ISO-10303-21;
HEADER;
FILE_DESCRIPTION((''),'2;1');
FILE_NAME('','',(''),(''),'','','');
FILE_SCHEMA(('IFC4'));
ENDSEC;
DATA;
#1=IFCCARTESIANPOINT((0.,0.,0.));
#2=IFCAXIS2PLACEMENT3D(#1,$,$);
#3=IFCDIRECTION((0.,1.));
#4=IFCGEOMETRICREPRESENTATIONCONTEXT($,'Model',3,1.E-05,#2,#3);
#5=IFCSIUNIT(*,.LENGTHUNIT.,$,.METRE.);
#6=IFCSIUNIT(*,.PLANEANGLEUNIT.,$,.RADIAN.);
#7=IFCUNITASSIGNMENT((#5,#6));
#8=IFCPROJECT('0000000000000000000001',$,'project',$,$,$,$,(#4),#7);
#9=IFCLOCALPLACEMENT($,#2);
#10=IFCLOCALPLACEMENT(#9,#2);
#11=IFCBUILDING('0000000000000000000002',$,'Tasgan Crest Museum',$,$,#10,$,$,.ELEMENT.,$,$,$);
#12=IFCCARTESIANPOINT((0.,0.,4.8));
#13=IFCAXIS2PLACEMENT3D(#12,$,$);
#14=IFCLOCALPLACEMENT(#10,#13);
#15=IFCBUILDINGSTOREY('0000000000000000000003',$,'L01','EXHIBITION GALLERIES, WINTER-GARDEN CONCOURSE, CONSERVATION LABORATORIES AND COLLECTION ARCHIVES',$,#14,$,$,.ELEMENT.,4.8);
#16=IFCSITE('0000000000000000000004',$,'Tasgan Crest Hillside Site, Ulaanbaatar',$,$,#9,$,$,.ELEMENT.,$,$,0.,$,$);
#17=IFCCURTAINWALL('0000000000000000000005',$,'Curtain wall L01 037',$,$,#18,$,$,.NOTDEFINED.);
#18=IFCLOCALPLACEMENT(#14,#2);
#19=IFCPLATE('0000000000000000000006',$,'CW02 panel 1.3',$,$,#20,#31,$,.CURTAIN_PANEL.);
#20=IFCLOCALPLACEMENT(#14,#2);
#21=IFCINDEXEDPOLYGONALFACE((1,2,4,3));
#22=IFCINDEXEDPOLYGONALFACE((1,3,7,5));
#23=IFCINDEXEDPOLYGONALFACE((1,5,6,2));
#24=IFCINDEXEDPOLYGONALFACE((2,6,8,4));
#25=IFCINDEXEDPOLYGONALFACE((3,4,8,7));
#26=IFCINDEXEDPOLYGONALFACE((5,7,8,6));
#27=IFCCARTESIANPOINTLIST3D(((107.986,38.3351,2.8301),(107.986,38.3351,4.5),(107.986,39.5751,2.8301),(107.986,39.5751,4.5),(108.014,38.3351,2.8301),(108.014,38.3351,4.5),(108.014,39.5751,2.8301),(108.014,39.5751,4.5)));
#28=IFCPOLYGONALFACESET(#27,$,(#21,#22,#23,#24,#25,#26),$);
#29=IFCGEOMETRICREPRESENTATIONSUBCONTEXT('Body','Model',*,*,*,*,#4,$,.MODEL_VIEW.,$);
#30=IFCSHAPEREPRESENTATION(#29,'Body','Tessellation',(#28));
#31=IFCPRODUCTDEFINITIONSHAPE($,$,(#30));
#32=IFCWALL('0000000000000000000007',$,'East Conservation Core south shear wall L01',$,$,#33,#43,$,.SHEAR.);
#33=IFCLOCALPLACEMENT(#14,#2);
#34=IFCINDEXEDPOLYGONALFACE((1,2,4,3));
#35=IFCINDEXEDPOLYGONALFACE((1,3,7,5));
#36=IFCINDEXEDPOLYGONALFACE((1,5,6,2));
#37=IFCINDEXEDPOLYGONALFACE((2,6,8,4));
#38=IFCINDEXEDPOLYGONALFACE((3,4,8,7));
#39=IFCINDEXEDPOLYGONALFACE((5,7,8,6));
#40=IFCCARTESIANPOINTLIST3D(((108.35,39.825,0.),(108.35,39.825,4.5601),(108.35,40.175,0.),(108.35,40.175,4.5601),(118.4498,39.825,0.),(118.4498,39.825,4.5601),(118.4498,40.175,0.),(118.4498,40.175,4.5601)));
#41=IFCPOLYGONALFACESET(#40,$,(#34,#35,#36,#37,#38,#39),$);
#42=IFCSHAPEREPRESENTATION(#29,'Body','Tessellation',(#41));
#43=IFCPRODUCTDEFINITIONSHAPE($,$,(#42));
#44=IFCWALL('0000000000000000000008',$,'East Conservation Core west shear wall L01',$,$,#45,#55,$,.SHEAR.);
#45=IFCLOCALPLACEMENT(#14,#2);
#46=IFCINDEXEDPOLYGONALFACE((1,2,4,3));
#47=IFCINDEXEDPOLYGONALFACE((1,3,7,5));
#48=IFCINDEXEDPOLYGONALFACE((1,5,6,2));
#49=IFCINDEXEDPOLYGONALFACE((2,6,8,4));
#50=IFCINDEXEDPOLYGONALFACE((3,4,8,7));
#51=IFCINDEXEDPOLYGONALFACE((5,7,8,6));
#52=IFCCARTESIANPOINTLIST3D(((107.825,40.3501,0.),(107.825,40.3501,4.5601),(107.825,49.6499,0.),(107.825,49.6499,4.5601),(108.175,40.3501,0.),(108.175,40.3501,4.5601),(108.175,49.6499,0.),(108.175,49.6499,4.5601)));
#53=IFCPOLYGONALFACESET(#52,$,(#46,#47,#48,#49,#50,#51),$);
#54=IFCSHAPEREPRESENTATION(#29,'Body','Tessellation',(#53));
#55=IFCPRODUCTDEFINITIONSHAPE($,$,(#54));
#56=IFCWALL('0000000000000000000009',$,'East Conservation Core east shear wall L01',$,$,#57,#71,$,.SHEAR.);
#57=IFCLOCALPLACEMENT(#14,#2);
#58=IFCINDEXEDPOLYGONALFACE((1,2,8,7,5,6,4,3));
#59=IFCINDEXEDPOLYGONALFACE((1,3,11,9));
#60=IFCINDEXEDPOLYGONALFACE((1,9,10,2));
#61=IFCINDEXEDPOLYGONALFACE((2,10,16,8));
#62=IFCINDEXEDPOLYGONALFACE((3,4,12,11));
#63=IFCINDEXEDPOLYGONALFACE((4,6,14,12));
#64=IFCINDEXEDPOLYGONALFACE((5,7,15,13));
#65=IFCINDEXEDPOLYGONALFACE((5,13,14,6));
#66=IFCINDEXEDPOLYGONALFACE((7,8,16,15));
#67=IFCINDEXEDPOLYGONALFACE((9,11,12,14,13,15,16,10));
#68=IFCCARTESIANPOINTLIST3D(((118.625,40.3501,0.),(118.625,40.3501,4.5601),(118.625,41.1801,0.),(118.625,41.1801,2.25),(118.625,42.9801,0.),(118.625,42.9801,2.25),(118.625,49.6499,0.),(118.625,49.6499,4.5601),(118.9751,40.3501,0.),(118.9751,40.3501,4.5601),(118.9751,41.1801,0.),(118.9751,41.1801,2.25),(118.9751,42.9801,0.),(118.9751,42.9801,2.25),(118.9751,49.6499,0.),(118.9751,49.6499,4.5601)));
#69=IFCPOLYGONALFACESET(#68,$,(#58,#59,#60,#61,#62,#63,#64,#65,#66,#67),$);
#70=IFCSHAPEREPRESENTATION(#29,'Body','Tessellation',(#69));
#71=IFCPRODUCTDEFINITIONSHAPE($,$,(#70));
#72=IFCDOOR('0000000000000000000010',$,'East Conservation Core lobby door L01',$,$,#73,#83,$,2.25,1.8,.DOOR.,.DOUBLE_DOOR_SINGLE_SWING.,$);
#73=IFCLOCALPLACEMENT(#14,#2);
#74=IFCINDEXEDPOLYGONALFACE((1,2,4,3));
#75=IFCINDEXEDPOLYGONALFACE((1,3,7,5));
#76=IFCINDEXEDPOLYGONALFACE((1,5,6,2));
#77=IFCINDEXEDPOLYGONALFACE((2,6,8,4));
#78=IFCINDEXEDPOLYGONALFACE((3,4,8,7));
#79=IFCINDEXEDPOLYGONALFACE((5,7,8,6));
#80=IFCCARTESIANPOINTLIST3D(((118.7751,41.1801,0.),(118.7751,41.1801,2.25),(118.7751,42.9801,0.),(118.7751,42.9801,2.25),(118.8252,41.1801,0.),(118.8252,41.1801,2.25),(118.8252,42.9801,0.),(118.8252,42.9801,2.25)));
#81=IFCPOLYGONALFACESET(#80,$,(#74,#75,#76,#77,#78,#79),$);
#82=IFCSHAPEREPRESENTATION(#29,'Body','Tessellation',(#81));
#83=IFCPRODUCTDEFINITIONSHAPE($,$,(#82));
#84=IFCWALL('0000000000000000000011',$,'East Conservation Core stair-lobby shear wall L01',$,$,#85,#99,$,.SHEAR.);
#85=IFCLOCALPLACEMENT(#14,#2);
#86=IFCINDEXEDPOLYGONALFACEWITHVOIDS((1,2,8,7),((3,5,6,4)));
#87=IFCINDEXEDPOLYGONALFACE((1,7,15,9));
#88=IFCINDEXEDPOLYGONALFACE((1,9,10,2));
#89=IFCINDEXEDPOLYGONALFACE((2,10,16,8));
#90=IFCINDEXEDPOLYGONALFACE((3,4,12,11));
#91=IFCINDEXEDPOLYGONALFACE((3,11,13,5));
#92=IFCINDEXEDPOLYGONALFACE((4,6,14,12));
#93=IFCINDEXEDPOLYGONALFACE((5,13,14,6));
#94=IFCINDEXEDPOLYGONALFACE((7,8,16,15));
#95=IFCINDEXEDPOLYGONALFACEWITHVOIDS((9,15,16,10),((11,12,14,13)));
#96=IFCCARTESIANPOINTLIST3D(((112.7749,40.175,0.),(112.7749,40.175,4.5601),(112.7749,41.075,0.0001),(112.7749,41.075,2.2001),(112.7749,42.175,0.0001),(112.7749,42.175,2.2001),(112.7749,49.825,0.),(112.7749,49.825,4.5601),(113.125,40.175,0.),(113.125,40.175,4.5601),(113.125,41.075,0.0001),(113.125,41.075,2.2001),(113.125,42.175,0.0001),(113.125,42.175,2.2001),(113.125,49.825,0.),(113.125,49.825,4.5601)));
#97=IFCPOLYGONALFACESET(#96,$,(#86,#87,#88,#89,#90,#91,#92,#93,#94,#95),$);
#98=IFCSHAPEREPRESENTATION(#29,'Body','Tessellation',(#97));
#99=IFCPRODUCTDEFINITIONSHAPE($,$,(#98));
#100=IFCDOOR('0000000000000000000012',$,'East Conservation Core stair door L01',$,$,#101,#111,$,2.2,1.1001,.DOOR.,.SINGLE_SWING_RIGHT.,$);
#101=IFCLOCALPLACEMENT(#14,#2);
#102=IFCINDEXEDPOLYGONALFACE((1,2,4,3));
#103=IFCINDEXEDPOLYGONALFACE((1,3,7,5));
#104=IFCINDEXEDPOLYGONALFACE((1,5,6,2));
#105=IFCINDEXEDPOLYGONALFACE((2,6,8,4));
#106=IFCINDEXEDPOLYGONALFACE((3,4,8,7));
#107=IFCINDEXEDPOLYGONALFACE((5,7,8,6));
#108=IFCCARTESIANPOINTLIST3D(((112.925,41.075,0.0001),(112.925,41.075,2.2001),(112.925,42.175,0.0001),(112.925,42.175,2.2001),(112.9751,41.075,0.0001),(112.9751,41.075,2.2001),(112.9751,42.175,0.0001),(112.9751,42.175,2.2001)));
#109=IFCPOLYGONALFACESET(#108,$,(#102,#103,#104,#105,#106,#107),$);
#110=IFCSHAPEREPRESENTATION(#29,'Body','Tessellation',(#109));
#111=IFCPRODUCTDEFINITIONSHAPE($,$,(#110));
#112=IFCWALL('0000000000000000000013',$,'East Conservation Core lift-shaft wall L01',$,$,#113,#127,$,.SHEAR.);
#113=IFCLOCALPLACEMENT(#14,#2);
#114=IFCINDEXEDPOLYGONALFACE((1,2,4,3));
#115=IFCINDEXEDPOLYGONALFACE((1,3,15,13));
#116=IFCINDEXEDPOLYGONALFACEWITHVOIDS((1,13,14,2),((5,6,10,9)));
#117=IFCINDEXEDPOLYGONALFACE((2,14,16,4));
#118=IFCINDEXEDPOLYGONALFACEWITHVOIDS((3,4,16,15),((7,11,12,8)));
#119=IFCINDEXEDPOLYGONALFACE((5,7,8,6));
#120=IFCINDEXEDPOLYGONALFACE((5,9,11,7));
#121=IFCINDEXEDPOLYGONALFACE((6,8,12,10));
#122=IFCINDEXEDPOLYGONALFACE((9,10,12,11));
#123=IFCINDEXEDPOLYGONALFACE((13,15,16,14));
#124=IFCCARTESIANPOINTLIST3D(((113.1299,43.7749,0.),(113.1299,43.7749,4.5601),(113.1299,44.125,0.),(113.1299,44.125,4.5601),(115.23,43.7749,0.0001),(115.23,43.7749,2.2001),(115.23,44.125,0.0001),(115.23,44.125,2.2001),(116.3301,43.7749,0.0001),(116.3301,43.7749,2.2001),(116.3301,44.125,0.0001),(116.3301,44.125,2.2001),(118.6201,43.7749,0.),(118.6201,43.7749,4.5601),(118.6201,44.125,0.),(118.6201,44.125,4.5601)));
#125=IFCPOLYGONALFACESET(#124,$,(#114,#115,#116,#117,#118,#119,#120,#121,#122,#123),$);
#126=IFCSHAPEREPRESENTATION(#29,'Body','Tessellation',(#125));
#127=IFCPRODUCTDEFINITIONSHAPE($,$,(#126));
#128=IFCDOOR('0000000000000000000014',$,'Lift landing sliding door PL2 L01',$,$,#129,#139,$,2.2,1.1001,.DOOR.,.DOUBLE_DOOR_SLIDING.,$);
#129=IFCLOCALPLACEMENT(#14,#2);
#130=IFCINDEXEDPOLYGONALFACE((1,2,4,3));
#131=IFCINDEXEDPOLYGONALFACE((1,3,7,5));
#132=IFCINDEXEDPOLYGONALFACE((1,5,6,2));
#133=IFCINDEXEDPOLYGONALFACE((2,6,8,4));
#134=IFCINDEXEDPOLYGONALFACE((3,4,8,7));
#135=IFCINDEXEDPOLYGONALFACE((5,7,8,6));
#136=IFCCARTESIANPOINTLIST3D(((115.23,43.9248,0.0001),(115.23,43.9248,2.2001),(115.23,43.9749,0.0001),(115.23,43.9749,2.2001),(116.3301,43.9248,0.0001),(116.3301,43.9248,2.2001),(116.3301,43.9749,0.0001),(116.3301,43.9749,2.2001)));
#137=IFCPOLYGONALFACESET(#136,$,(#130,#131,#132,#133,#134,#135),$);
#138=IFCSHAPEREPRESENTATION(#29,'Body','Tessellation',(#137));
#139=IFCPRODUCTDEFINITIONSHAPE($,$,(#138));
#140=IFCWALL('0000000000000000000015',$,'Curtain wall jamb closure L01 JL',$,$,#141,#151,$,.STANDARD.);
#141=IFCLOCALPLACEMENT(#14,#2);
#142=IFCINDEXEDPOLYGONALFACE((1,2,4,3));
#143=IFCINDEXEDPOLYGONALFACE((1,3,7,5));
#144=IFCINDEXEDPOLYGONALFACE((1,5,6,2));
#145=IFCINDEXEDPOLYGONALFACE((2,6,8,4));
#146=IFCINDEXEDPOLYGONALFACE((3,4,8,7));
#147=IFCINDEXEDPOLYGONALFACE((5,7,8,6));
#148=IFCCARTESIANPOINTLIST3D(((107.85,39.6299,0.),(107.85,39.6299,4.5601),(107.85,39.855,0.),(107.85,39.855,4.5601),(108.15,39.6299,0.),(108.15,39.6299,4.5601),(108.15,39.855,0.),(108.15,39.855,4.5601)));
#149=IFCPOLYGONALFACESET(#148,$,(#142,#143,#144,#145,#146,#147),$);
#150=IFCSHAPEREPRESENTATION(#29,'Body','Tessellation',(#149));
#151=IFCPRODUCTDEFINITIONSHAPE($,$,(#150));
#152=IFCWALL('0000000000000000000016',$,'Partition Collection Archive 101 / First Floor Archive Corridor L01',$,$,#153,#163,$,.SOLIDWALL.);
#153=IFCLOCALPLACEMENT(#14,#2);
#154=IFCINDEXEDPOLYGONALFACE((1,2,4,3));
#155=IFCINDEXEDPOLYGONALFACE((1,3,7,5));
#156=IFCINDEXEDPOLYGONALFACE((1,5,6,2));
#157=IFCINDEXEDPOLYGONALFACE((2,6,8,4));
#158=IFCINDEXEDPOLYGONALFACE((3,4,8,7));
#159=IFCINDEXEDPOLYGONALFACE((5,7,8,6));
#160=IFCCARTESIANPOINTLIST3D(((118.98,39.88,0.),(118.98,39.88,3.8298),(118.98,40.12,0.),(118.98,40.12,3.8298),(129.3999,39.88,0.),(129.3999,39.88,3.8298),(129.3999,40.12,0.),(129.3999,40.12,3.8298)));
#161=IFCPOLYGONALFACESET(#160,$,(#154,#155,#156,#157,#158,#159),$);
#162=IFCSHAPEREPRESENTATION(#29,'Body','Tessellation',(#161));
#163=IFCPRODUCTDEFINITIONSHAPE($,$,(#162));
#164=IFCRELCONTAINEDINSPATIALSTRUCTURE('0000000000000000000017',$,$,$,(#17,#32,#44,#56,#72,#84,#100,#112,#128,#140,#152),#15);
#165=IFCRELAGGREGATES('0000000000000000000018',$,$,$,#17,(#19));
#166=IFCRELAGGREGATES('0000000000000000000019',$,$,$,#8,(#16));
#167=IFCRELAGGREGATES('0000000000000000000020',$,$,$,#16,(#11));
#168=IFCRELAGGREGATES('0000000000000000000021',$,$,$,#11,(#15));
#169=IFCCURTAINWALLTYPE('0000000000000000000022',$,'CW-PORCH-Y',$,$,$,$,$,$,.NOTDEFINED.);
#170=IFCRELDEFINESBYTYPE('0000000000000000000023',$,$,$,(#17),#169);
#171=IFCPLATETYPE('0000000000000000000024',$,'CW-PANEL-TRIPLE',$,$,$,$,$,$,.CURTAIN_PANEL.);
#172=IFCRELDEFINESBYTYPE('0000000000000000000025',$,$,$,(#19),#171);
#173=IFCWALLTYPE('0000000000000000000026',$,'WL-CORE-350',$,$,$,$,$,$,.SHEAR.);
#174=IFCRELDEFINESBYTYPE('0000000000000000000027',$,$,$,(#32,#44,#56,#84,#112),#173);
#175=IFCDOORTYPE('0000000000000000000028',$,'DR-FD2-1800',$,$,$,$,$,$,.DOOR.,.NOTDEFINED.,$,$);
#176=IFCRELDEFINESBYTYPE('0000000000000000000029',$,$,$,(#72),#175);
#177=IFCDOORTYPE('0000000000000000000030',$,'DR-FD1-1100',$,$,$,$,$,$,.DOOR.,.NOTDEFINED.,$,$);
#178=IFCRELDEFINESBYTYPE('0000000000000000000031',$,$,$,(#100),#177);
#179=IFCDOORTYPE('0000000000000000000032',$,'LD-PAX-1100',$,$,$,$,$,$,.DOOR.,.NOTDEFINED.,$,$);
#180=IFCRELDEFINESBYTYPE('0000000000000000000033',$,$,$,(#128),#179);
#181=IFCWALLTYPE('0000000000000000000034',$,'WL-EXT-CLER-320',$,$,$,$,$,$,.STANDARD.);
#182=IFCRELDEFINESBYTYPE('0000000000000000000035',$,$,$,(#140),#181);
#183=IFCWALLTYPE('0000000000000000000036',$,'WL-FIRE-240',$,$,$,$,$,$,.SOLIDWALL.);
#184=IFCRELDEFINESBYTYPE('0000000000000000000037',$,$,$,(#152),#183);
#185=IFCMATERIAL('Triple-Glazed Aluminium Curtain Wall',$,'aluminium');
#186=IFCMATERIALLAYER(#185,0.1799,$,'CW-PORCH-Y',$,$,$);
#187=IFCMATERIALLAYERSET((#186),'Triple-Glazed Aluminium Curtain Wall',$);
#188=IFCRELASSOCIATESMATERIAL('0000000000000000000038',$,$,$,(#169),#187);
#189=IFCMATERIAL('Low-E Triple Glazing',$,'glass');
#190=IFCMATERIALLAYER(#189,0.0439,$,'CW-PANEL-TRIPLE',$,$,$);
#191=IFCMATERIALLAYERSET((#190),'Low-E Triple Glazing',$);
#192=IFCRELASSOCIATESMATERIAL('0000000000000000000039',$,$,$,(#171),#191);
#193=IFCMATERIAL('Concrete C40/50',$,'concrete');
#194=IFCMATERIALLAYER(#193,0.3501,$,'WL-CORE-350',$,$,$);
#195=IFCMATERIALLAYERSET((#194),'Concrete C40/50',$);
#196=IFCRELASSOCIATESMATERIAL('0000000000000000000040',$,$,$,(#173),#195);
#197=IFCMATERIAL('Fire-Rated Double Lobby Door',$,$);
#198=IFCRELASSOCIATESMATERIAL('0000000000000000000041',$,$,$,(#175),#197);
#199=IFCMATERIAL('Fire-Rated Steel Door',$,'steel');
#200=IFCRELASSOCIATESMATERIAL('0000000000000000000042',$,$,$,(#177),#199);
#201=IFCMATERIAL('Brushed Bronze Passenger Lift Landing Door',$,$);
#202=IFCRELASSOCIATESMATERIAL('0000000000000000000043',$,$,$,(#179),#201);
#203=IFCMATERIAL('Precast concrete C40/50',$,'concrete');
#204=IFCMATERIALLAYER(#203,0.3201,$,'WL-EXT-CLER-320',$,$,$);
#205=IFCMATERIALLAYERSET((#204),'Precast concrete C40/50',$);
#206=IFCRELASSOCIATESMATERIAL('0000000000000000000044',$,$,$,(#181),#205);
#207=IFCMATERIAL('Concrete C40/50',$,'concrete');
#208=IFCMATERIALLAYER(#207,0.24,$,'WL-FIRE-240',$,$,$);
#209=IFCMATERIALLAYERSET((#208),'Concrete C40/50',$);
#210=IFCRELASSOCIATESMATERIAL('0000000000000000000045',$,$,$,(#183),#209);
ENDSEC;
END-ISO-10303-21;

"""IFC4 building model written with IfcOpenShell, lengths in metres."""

from ifc_helpers import new_model, si_unit, direction, frame, frame_2d, origin, origin_2d, place, context, subcontext, project, spatial, rectangle, extrude, material, layer, layer_set, type_object, element, fill, aggregate, save


model = new_model("IFC4")

# Units and contexts
model_context = context("Model", 3, precision=1e-05, world=origin(), true_north=direction((0.0, 1.0)))
body_context = subcontext(model_context, "Body", "Model", "MODEL_VIEW")
ifc_project = project(units=[si_unit("LENGTHUNIT", "METRE"), si_unit("PLANEANGLEUNIT", "RADIAN")], contexts=[model_context])

# Site, building, storey
site_placement = place(None, origin())
site = spatial("IfcSite", under=ifc_project, at=site_placement, Name="Tasgan Crest Hillside Site, Ulaanbaatar", CompositionType="ELEMENT", RefElevation=0.0)
building_placement = place(site_placement, origin())
building = spatial("IfcBuilding", under=site, at=building_placement, Name="Tasgan Crest Museum", CompositionType="ELEMENT")
storey_placement = place(building_placement, frame((0.0, 0.0, 4.8)))
storey = spatial("IfcBuildingStorey", under=building, at=storey_placement, Name="L01", Description="EXHIBITION GALLERIES, WINTER-GARDEN CONCOURSE, CONSERVATION LABORATORIES AND COLLECTION ARCHIVES", CompositionType="ELEMENT", Elevation=4.8)

# Curtain wall, plate
ifc_material_1 = material(Name="Triple-Glazed Aluminium Curtain Wall", Category="aluminium")
ifc_layer_1 = layer(ifc_material_1, 0.1799, Name="CW-PORCH-Y")
ifc_layer_set_1 = layer_set([ifc_layer_1], Name="Triple-Glazed Aluminium Curtain Wall")
curtain_wall_type = type_object("IfcCurtainWallType", Name="CW-PORCH-Y", PredefinedType="NOTDEFINED", material=ifc_layer_set_1)
curtain_wall_placement = place(storey_placement, origin())
curtain_wall = element("IfcCurtainWall", 1, at=curtain_wall_placement, inside=storey, type_object=curtain_wall_type, Name="Curtain wall L01 037", PredefinedType="NOTDEFINED")
ifc_material_2 = material(Name="Low-E Triple Glazing", Category="glass")
ifc_layer_2 = layer(ifc_material_2, 0.0439, Name="CW-PANEL-TRIPLE")
ifc_layer_set_2 = layer_set([ifc_layer_2], Name="Low-E Triple Glazing")
plate_type = type_object("IfcPlateType", Name="CW-PANEL-TRIPLE", PredefinedType="CURTAIN_PANEL", material=ifc_layer_set_2)
plate_placement = place(storey_placement, frame((108.0, 38.9551, 2.8301), z_axis=(0.0, 0.0, 1.0), x_axis=(0.0, -1.0, 0.0)))
plate = element("IfcPlate", 2, at=plate_placement, type_object=plate_type, Name="CW02 panel 1.3", PredefinedType="CURTAIN_PANEL", context=body_context, shape_type="SweptSolid", body=[
    extrude(rectangle(XDim=1.24, YDim=0.0281, at=origin_2d()), origin(), (0.0, 0.0, 1.0), 1.6699),
])
aggregate(curtain_wall, [plate])

# Walls
ifc_material_3 = material(Name="Concrete C40/50", Category="concrete")
ifc_layer_3 = layer(ifc_material_3, 0.3501, Name="WL-CORE-350")
ifc_layer_set_3 = layer_set([ifc_layer_3], Name="Concrete C40/50")
wall_type_1 = type_object("IfcWallType", Name="WL-CORE-350", PredefinedType="SHEAR", material=ifc_layer_set_3)
wall_1_placement = place(storey_placement, frame((108.3501, 40.0, 0.0), z_axis=(0.0, 0.0, 1.0), x_axis=(1.0, 0.0, 0.0)))
element("IfcWall", 3, at=wall_1_placement, inside=storey, type_object=wall_type_1, Name="East Conservation Core south shear wall L01", PredefinedType="SHEAR", context=body_context, shape_type="SweptSolid", body=[
    extrude(rectangle(XDim=10.0999, YDim=0.3501, at=frame_2d((5.0498, 0.0))), origin(), (0.0, 0.0, 1.0), 4.5601),
])
wall_2_placement = place(storey_placement, frame((108.0, 40.3501, 0.0), z_axis=(0.0, 0.0, 1.0), x_axis=(0.0, 1.0, 0.0)))
element("IfcWall", 4, at=wall_2_placement, inside=storey, type_object=wall_type_1, Name="East Conservation Core west shear wall L01", PredefinedType="SHEAR", context=body_context, shape_type="SweptSolid", body=[
    extrude(rectangle(XDim=9.2998, YDim=0.3501, at=frame_2d((4.6499, 0.0))), origin(), (0.0, 0.0, 1.0), 4.5601),
])

# Walls, openings, doors
wall_3_placement = place(storey_placement, frame((118.8, 40.3501, 0.0), z_axis=(0.0, 0.0, 1.0), x_axis=(0.0, 1.0, 0.0)))
wall_3 = element("IfcWall", 5, at=wall_3_placement, inside=storey, type_object=wall_type_1, Name="East Conservation Core east shear wall L01", PredefinedType="SHEAR", context=body_context, shape_type="SweptSolid", body=[
    extrude(rectangle(XDim=9.2998, YDim=0.3501, at=frame_2d((4.6499, 0.0))), origin(), (0.0, 0.0, 1.0), 4.5601),
])
opening_1_placement = place(wall_3_placement, frame((0.8301, 0.0, 0.0)))
opening_1 = element("IfcOpeningElement", 6, at=opening_1_placement, cuts=wall_3, PredefinedType="OPENING", context=body_context, shape_type="SweptSolid", body=[
    extrude(rectangle(XDim=1.8, YDim=2.25, at=frame_2d((0.8999, 1.125))), frame((0.0, 0.1851, 0.0), z_axis=(0.0, -1.0, 0.0), x_axis=(1.0, 0.0, 0.0)), (0.0, 0.0, 1.0), 0.3701),
])
ifc_material_4 = material(Name="Fire-Rated Double Lobby Door")
door_type_1 = type_object("IfcDoorType", Name="DR-FD2-1800", OperationType="NOTDEFINED", PredefinedType="DOOR", material=ifc_material_4)
door_1_placement = place(opening_1_placement, origin())
door_1 = element("IfcDoor", 7, at=door_1_placement, inside=storey, type_object=door_type_1, Name="East Conservation Core lobby door L01", OperationType="DOUBLE_DOOR_SINGLE_SWING", OverallHeight=2.25, OverallWidth=1.8, PredefinedType="DOOR", context=body_context, shape_type="SweptSolid", body=[
    extrude(rectangle(XDim=1.8, YDim=2.25, at=frame_2d((0.8999, 1.125))), frame((0.0, 0.0249, 0.0), z_axis=(0.0, -1.0, 0.0), x_axis=(1.0, 0.0, 0.0)), (0.0, 0.0, 1.0), 0.05),
])
fill(opening_1, door_1)
wall_4_placement = place(storey_placement, frame((112.95, 40.175, 0.0), z_axis=(0.0, 0.0, 1.0), x_axis=(0.0, 1.0, 0.0)))
wall_4 = element("IfcWall", 8, at=wall_4_placement, inside=storey, type_object=wall_type_1, Name="East Conservation Core stair-lobby shear wall L01", PredefinedType="SHEAR", context=body_context, shape_type="SweptSolid", body=[
    extrude(rectangle(XDim=9.6499, YDim=0.3501, at=frame_2d((4.825, 0.0))), origin(), (0.0, 0.0, 1.0), 4.5601),
])
opening_2_placement = place(wall_4_placement, frame((0.8999, 0.0, 0.0)))
opening_2 = element("IfcOpeningElement", 9, at=opening_2_placement, cuts=wall_4, PredefinedType="OPENING", context=body_context, shape_type="SweptSolid", body=[
    extrude(rectangle(XDim=1.1001, YDim=2.2, at=frame_2d((0.55, 1.1001))), frame((0.0, 0.1851, 0.0), z_axis=(0.0, -1.0, 0.0), x_axis=(1.0, 0.0, 0.0)), (0.0, 0.0, 1.0), 0.3701),
])
ifc_material_5 = material(Name="Fire-Rated Steel Door", Category="steel")
door_type_2 = type_object("IfcDoorType", Name="DR-FD1-1100", OperationType="NOTDEFINED", PredefinedType="DOOR", material=ifc_material_5)
door_2_placement = place(opening_2_placement, origin())
door_2 = element("IfcDoor", 10, at=door_2_placement, inside=storey, type_object=door_type_2, Name="East Conservation Core stair door L01", OperationType="SINGLE_SWING_RIGHT", OverallHeight=2.2, OverallWidth=1.1001, PredefinedType="DOOR", context=body_context, shape_type="SweptSolid", body=[
    extrude(rectangle(XDim=1.1001, YDim=2.2, at=frame_2d((0.55, 1.1001))), frame((0.0, 0.0249, 0.0), z_axis=(0.0, -1.0, 0.0), x_axis=(1.0, 0.0, 0.0)), (0.0, 0.0, 1.0), 0.05),
])
fill(opening_2, door_2)
wall_5_placement = place(storey_placement, frame((113.1299, 43.95, 0.0), z_axis=(0.0, 0.0, 1.0), x_axis=(1.0, 0.0, 0.0)))
wall_5 = element("IfcWall", 11, at=wall_5_placement, inside=storey, type_object=wall_type_1, Name="East Conservation Core lift-shaft wall L01", PredefinedType="SHEAR", context=body_context, shape_type="SweptSolid", body=[
    extrude(rectangle(XDim=5.4902, YDim=0.3501, at=frame_2d((2.7451, 0.0))), origin(), (0.0, 0.0, 1.0), 4.5601),
])
opening_3_placement = place(wall_5_placement, frame((2.1001, 0.0, 0.0)))
opening_3 = element("IfcOpeningElement", 12, at=opening_3_placement, cuts=wall_5, PredefinedType="OPENING", context=body_context, shape_type="SweptSolid", body=[
    extrude(rectangle(XDim=1.1001, YDim=2.2, at=frame_2d((0.55, 1.1001))), frame((0.0, 0.1851, 0.0), z_axis=(0.0, -1.0, 0.0), x_axis=(1.0, 0.0, 0.0)), (0.0, 0.0, 1.0), 0.3701),
])
ifc_material_6 = material(Name="Brushed Bronze Passenger Lift Landing Door")
door_type_3 = type_object("IfcDoorType", Name="LD-PAX-1100", OperationType="NOTDEFINED", PredefinedType="DOOR", material=ifc_material_6)
door_3_placement = place(opening_3_placement, origin())
door_3 = element("IfcDoor", 13, at=door_3_placement, inside=storey, type_object=door_type_3, Name="Lift landing sliding door PL2 L01", OperationType="DOUBLE_DOOR_SLIDING", OverallHeight=2.2, OverallWidth=1.1001, PredefinedType="DOOR", context=body_context, shape_type="SweptSolid", body=[
    extrude(rectangle(XDim=1.1001, YDim=2.2, at=frame_2d((0.55, 1.1001))), frame((0.0, 0.0249, 0.0), z_axis=(0.0, -1.0, 0.0), x_axis=(1.0, 0.0, 0.0)), (0.0, 0.0, 1.0), 0.05),
])
fill(opening_3, door_3)

# Walls
ifc_material_7 = material(Name="Precast concrete C40/50", Category="concrete")
ifc_layer_4 = layer(ifc_material_7, 0.3201, Name="WL-EXT-CLER-320")
ifc_layer_set_4 = layer_set([ifc_layer_4], Name="Precast concrete C40/50")
wall_type_2 = type_object("IfcWallType", Name="WL-EXT-CLER-320", PredefinedType="STANDARD", material=ifc_layer_set_4)
wall_6_placement = place(storey_placement, frame((108.0, 39.855, 0.0), z_axis=(0.0, 0.0, 1.0), x_axis=(0.0, -1.0, 0.0)))
element("IfcWall", 14, at=wall_6_placement, inside=storey, type_object=wall_type_2, Name="Curtain wall jamb closure L01 JL", PredefinedType="STANDARD", context=body_context, shape_type="SweptSolid", body=[
    extrude(rectangle(XDim=0.2251, YDim=0.3, at=frame_2d((0.1125, 0.0))), origin(), (0.0, 0.0, 1.0), 4.5601),
])
ifc_material_8 = material(Name="Concrete C40/50", Category="concrete")
ifc_layer_5 = layer(ifc_material_8, 0.24, Name="WL-FIRE-240")
ifc_layer_set_5 = layer_set([ifc_layer_5], Name="Concrete C40/50")
wall_type_3 = type_object("IfcWallType", Name="WL-FIRE-240", PredefinedType="SOLIDWALL", material=ifc_layer_set_5)
wall_7_placement = place(storey_placement, frame((118.98, 40.0, 0.0), z_axis=(0.0, 0.0, 1.0), x_axis=(1.0, 0.0, 0.0)))
element("IfcWall", 15, at=wall_7_placement, inside=storey, type_object=wall_type_3, Name="Partition Collection Archive 101 / First Floor Archive Corridor L01", PredefinedType="SOLIDWALL", context=body_context, shape_type="SweptSolid", body=[
    extrude(rectangle(XDim=10.4199, YDim=0.24, at=frame_2d((5.21, 0.0))), origin(), (0.0, 0.0, 1.0), 3.8298),
])

save(model, "model.ifc")
